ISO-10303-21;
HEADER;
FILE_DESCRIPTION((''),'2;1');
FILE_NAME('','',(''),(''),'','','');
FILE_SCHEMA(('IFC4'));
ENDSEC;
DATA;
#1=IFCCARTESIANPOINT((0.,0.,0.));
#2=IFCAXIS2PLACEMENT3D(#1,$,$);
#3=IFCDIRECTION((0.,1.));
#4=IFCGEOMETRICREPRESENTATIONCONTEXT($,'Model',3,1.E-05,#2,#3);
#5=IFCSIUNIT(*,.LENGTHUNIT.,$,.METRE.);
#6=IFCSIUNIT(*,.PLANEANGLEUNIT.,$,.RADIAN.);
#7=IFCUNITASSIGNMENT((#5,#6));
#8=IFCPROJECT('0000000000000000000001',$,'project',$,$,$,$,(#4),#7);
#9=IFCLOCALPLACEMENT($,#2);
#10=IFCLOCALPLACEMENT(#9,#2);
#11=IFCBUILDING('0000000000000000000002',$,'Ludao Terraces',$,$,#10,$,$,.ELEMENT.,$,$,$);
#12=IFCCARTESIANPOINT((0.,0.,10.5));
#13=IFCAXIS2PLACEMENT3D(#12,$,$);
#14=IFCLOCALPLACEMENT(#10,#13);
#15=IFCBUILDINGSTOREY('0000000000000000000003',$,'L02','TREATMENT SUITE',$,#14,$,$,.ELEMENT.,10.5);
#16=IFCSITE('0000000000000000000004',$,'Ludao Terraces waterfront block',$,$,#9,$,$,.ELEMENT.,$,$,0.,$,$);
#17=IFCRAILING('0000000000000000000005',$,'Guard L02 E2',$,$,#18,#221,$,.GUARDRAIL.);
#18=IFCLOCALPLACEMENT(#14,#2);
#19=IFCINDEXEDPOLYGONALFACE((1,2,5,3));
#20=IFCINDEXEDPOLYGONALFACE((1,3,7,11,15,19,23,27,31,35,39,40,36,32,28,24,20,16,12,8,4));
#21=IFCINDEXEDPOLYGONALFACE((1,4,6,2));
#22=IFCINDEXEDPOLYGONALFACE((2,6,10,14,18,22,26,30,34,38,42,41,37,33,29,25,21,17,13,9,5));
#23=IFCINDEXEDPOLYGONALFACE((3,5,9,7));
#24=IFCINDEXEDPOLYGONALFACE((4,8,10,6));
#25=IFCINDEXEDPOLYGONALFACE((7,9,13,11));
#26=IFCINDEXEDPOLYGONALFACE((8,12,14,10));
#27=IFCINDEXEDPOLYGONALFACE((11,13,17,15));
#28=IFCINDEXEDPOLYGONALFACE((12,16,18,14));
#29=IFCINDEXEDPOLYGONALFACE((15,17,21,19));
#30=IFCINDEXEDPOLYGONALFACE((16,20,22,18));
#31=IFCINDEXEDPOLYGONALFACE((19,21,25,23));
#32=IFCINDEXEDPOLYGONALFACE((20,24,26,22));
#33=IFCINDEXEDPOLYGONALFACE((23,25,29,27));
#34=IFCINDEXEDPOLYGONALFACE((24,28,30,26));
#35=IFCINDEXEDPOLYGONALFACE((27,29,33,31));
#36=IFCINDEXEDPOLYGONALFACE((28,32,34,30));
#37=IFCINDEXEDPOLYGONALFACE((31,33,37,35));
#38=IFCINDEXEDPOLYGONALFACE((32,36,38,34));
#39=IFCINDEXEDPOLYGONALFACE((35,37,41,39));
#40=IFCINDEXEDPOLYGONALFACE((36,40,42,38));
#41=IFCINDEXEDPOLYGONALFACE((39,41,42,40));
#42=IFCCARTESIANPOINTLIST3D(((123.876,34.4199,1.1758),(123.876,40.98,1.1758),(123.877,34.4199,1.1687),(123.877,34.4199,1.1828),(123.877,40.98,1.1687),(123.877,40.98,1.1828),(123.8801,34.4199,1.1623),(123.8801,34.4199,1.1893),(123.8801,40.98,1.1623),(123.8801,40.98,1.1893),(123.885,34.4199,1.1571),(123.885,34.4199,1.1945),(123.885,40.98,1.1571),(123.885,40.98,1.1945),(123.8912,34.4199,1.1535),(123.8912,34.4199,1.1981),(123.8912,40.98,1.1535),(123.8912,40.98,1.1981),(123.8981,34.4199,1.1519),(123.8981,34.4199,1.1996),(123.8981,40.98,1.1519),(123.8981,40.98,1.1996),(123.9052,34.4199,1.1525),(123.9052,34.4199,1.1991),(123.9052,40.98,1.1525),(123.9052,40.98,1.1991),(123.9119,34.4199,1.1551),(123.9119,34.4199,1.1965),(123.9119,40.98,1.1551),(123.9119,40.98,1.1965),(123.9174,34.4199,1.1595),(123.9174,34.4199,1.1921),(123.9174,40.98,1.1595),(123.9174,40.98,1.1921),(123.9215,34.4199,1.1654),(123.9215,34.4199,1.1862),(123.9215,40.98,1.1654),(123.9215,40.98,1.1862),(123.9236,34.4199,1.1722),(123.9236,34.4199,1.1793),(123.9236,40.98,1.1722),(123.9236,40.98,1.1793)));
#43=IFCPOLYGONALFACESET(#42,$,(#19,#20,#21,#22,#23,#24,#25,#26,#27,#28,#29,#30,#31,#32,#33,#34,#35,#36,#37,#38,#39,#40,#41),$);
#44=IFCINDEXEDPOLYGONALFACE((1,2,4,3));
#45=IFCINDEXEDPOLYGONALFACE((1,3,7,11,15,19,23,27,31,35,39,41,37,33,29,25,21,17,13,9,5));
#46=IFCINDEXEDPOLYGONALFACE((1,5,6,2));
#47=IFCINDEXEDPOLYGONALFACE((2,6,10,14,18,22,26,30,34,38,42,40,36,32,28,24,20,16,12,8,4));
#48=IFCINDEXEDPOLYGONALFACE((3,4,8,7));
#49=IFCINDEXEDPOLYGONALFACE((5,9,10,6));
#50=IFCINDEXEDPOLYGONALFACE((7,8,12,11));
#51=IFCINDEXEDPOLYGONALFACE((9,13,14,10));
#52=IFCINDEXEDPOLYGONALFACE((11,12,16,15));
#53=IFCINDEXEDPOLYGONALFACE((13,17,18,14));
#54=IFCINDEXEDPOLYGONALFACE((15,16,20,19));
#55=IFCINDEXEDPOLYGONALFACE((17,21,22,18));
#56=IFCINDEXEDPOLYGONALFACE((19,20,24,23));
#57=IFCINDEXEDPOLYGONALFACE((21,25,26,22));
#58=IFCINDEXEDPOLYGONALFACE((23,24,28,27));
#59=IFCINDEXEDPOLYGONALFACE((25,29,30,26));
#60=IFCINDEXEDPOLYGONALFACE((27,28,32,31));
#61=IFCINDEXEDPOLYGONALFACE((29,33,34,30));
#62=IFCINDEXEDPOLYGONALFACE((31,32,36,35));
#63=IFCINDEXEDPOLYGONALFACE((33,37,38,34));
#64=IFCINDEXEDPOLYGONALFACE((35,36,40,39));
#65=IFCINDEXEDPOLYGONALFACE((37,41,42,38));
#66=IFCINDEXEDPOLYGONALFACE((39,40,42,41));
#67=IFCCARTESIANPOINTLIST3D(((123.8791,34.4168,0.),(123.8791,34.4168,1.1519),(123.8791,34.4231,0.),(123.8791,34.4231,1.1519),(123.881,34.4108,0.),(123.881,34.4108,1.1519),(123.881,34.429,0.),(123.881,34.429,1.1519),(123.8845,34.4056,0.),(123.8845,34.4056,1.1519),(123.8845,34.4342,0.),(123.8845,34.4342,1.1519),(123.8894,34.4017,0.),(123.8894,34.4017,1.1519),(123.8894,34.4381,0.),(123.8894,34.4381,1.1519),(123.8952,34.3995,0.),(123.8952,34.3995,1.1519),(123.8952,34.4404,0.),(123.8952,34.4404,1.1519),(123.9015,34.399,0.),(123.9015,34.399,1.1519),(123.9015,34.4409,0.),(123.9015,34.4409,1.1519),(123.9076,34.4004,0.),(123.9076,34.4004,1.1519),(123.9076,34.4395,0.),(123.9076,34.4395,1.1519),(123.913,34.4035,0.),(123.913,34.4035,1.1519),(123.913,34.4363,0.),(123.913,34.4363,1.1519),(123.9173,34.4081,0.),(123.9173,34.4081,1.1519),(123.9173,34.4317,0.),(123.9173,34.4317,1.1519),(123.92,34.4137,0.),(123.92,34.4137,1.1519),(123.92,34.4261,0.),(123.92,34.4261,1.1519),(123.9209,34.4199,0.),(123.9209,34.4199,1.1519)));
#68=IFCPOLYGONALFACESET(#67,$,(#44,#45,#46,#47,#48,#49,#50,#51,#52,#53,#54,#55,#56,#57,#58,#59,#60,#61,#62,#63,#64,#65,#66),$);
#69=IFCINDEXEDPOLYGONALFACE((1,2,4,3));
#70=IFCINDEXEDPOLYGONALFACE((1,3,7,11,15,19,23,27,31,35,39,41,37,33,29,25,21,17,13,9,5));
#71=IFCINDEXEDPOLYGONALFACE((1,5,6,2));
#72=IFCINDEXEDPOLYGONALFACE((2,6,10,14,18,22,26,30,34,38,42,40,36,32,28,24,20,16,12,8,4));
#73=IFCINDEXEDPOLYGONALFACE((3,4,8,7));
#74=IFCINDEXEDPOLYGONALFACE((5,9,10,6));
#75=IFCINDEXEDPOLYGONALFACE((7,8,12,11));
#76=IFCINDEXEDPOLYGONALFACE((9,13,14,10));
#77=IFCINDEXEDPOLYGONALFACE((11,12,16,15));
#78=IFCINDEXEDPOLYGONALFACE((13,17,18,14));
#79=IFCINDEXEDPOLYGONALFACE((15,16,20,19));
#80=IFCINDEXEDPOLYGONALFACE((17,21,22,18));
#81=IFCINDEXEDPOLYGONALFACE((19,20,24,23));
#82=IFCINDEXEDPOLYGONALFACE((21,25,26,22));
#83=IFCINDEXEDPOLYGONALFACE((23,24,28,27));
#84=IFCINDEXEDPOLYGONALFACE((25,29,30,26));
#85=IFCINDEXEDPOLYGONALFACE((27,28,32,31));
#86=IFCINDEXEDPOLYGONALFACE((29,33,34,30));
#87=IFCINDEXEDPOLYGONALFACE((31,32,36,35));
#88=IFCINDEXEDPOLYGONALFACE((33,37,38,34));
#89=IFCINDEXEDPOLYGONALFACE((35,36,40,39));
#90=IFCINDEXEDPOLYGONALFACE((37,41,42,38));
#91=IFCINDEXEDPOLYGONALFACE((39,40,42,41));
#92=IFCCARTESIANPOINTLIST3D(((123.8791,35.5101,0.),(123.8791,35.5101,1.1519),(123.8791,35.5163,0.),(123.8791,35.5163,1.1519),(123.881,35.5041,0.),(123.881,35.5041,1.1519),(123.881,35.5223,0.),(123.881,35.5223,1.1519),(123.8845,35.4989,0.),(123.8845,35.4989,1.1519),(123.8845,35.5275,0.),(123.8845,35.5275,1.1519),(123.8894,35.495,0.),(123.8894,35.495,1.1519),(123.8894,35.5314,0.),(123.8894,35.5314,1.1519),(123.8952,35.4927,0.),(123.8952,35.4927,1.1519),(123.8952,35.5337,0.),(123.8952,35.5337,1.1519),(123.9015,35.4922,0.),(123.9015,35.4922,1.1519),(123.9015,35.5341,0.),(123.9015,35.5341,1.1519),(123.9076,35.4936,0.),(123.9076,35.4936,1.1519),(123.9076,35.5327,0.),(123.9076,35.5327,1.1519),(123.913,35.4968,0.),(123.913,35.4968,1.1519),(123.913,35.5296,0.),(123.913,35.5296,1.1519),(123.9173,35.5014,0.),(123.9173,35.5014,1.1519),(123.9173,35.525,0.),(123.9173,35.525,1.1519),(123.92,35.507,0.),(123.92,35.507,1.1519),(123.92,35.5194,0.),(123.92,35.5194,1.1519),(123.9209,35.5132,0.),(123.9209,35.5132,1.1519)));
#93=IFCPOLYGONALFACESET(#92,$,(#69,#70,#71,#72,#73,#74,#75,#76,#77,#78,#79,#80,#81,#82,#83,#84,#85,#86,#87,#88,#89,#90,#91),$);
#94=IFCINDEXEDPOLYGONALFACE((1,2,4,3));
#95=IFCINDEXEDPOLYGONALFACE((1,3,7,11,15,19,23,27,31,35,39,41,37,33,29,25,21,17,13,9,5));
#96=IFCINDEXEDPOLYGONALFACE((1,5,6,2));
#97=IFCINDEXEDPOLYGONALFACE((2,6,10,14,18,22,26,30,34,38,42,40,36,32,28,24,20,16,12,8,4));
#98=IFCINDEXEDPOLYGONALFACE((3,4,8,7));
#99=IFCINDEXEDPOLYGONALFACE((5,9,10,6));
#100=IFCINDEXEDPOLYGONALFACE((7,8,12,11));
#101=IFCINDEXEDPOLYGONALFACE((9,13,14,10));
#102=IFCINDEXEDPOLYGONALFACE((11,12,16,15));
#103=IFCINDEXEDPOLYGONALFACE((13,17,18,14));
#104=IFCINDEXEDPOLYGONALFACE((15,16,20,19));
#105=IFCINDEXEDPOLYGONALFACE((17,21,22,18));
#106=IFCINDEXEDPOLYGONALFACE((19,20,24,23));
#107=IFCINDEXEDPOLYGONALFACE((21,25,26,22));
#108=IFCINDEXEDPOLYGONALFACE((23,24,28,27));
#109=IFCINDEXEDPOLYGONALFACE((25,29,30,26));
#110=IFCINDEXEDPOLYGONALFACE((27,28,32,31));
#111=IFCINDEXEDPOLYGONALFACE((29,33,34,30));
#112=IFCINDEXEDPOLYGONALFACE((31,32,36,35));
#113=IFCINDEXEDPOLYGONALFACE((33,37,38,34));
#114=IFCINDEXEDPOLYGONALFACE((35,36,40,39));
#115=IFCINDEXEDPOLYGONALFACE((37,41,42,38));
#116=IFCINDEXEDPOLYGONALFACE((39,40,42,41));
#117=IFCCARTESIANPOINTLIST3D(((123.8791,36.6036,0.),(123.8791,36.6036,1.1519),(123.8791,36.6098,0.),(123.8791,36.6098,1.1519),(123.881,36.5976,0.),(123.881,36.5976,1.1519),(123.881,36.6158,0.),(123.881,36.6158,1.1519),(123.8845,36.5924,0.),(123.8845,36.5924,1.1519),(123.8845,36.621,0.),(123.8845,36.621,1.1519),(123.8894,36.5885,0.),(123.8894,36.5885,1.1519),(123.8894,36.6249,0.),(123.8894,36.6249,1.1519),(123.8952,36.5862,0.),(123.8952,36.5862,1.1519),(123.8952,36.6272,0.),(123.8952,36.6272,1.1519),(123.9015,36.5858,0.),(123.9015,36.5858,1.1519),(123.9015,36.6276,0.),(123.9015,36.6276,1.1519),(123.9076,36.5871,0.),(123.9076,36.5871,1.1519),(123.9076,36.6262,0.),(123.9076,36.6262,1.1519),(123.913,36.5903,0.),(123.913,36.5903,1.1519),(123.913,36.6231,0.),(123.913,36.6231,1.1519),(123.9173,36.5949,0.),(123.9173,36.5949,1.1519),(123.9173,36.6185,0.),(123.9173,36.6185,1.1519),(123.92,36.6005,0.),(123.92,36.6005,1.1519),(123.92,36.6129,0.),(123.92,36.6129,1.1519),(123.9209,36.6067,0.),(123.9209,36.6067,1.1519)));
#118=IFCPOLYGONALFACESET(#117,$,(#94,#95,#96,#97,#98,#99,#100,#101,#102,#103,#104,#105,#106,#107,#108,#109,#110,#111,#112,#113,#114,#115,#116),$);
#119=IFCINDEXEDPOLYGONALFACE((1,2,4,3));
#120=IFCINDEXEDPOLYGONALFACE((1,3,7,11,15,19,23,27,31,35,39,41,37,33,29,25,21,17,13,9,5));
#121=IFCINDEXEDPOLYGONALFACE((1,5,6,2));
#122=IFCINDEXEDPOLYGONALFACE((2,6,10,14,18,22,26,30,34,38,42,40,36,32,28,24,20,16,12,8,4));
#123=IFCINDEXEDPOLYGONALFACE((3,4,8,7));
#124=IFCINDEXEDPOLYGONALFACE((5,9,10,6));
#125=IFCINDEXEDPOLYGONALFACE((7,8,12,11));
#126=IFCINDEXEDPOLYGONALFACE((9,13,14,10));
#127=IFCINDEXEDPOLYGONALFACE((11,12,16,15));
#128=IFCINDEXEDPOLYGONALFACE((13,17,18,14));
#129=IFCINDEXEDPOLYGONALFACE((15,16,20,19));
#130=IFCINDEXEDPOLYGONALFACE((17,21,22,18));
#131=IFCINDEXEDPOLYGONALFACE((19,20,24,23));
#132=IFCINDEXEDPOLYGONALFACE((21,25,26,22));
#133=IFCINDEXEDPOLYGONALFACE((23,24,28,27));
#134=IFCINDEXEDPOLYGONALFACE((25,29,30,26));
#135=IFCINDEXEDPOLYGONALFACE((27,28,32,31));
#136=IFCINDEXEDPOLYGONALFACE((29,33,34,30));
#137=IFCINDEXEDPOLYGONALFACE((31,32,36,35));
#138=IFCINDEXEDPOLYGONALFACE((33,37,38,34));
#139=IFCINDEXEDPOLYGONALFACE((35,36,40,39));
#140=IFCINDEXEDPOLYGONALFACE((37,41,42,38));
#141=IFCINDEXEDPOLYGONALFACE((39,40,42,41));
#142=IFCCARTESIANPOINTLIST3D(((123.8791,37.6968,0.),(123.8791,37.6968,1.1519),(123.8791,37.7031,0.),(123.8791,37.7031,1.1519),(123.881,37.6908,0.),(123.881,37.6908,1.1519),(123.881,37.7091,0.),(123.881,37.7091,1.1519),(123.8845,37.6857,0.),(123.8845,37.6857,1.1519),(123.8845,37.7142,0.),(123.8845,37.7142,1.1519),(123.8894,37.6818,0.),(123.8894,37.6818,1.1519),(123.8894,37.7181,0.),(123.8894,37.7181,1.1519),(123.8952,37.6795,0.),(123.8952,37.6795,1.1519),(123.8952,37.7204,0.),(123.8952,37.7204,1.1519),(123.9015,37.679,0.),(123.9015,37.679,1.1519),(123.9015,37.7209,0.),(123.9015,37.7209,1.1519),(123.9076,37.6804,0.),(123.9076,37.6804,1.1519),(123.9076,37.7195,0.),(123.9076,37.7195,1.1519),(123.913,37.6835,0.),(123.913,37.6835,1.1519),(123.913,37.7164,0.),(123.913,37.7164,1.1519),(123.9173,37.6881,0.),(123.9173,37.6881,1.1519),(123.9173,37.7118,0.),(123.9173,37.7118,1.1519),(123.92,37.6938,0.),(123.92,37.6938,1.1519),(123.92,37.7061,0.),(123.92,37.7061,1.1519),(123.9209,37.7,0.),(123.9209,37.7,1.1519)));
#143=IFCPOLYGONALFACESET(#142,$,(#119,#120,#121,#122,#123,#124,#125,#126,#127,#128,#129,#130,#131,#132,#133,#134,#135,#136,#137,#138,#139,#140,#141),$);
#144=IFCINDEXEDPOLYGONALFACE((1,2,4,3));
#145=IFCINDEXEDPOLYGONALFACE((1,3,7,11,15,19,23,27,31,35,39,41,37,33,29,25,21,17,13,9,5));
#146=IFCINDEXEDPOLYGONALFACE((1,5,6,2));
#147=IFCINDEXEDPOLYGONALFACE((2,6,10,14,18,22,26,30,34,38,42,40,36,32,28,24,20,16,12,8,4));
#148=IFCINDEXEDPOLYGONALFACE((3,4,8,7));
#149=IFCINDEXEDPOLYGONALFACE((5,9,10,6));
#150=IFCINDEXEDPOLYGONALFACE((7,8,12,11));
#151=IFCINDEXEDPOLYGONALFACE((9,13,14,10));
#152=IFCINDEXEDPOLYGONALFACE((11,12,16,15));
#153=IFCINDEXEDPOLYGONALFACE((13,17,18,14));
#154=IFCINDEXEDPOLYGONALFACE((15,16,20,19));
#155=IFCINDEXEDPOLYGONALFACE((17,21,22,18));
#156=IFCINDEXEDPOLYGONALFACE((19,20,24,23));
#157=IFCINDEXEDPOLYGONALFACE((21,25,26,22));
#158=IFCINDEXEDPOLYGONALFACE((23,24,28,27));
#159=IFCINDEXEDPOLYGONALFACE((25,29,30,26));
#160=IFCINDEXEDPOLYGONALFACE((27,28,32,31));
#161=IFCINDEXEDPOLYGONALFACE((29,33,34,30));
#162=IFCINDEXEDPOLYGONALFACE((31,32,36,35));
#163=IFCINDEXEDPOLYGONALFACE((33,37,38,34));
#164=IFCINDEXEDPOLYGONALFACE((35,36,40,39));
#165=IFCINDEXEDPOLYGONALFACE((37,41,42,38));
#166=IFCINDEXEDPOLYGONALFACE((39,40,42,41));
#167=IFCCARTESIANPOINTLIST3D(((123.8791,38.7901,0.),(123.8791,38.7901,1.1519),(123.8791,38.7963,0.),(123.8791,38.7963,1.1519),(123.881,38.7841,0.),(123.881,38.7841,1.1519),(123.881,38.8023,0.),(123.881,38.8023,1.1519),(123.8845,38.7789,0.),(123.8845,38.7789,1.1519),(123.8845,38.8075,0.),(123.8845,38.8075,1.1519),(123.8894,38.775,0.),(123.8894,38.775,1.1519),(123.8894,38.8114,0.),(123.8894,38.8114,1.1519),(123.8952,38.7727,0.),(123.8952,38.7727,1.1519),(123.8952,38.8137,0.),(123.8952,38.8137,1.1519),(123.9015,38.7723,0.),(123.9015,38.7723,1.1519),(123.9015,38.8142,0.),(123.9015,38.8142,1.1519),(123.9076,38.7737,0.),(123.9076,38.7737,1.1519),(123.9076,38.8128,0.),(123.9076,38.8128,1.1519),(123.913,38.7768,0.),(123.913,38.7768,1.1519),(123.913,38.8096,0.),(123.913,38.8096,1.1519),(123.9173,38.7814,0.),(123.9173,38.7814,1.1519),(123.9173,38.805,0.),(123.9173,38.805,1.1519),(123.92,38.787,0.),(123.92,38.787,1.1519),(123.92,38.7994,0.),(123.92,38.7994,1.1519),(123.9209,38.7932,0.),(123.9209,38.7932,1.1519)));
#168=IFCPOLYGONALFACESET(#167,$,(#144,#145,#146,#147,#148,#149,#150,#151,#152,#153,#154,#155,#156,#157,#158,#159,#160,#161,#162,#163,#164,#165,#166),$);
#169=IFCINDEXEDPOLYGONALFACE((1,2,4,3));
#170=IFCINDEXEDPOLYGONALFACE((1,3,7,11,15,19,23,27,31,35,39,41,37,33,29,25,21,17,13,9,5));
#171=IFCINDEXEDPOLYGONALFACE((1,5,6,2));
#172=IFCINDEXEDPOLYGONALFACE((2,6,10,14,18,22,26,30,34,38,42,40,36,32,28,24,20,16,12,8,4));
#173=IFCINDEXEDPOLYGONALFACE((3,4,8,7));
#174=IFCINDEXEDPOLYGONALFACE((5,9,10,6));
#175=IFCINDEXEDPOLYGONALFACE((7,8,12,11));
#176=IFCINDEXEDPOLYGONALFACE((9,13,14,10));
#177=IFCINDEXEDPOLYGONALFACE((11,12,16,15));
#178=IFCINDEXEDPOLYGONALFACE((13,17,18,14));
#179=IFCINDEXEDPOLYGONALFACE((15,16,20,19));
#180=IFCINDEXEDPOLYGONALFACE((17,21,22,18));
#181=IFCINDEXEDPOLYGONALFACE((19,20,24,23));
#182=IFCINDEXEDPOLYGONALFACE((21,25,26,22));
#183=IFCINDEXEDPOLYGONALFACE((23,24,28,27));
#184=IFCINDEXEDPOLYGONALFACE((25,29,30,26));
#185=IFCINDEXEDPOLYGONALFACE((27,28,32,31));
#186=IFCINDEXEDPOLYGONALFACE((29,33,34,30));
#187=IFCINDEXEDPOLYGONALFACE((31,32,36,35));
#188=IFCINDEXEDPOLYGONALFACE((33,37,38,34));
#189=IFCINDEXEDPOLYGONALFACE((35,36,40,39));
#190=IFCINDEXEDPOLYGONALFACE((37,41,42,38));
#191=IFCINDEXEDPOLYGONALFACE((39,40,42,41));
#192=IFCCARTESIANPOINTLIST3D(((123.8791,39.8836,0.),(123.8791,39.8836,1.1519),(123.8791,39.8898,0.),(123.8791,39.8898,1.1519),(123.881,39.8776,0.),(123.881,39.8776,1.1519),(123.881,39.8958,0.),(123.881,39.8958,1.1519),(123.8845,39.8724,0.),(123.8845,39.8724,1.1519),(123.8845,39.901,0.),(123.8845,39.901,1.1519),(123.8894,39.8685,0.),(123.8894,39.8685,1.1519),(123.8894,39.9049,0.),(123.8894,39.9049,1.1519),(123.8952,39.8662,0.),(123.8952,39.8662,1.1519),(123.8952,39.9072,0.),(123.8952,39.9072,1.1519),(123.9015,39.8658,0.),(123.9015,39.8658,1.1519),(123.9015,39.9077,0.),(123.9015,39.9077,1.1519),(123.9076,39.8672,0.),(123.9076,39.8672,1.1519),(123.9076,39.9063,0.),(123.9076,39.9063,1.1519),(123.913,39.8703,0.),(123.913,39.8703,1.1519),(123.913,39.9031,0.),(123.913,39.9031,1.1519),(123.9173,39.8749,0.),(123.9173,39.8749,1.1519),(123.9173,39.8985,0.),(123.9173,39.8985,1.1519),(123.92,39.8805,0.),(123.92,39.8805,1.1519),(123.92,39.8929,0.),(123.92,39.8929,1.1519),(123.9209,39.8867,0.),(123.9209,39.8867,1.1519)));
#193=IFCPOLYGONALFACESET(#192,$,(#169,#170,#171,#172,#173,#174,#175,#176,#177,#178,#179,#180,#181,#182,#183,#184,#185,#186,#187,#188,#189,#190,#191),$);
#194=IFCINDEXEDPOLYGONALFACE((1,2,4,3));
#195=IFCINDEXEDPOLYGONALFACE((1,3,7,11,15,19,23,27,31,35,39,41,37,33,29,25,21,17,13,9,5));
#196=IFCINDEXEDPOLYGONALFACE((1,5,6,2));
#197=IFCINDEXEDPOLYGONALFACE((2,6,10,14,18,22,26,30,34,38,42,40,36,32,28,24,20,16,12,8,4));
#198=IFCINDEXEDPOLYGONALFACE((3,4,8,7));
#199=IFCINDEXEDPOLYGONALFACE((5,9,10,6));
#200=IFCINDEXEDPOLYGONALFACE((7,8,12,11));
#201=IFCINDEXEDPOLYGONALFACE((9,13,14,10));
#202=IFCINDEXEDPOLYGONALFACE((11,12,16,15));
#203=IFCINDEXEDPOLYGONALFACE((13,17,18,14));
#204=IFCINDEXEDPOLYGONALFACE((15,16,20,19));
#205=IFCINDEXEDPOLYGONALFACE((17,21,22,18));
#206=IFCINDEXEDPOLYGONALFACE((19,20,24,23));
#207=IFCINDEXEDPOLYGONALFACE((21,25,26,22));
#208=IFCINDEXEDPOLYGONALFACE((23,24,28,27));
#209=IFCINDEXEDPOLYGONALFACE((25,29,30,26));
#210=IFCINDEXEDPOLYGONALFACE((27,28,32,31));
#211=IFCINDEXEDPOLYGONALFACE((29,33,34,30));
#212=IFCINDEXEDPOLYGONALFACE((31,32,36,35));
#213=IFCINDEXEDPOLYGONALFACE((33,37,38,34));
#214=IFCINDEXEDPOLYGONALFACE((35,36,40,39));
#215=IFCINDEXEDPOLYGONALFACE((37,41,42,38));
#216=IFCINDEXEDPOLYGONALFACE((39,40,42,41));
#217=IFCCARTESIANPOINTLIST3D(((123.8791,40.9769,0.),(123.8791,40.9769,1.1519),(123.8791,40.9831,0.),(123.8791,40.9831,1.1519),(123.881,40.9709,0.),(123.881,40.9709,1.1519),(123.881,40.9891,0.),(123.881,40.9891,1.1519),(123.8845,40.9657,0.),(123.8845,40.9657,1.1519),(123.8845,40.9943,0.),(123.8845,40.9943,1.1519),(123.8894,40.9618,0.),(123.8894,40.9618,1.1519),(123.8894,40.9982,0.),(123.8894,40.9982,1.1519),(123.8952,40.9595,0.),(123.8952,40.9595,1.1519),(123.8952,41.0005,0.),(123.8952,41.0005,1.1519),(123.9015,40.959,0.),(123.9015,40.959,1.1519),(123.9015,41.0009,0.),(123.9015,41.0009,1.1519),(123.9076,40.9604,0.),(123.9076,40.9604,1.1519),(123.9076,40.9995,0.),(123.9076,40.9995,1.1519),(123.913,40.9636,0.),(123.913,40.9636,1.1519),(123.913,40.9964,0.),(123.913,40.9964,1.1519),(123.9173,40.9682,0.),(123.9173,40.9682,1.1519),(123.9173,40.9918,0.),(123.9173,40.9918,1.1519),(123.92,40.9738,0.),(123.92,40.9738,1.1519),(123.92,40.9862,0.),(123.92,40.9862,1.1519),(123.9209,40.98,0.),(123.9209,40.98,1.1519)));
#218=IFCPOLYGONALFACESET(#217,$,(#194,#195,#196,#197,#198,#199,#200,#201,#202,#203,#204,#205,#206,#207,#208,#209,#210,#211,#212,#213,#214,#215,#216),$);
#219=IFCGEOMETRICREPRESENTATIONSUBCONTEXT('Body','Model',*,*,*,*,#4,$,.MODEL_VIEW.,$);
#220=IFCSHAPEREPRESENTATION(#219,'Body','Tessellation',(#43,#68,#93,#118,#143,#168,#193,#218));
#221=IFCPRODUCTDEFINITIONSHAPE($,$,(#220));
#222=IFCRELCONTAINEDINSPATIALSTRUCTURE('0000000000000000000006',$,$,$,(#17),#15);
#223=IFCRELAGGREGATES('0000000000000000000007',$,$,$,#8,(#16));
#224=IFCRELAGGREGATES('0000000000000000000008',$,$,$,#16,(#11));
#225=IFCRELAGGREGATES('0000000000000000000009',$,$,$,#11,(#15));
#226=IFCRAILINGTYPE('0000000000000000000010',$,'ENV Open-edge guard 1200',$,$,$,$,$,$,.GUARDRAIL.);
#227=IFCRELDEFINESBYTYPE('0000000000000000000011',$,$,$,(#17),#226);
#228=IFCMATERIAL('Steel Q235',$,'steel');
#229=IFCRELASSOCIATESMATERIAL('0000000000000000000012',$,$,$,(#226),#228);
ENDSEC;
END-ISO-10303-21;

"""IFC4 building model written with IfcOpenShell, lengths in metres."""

from ifc_helpers import new_model, si_unit, direction, frame, origin, origin_2d, place, context, subcontext, project, spatial, circle, extrude, material, type_object, element, save


model = new_model("IFC4")

# Units and contexts
model_context = context("Model", 3, precision=1e-05, world=origin(), true_north=direction((0.0, 1.0)))
body_context = subcontext(model_context, "Body", "Model", "MODEL_VIEW")
ifc_project = project(units=[si_unit("LENGTHUNIT", "METRE"), si_unit("PLANEANGLEUNIT", "RADIAN")], contexts=[model_context])

# Site, building, storey
site_placement = place(None, origin())
site = spatial("IfcSite", under=ifc_project, at=site_placement, Name="Ludao Terraces waterfront block", CompositionType="ELEMENT", RefElevation=0.0)
building_placement = place(site_placement, origin())
building = spatial("IfcBuilding", under=site, at=building_placement, Name="Ludao Terraces", CompositionType="ELEMENT")
storey_placement = place(building_placement, frame((0.0, 0.0, 10.5)))
storey = spatial("IfcBuildingStorey", under=building, at=storey_placement, Name="L02", Description="TREATMENT SUITE", CompositionType="ELEMENT", Elevation=10.5)

# Shared definitions
ifc_material_1 = material(Name="Steel Q235", Category="steel")

# Railing
railing_type = type_object("IfcRailingType", Name="ENV Open-edge guard 1200", PredefinedType="GUARDRAIL", material=ifc_material_1)
railing_placement = place(storey_placement, frame((123.8999, 34.4199, 0.0)))
element("IfcRailing", 1, at=railing_placement, inside=storey, type_object=railing_type, Name="Guard L02 E2", PredefinedType="GUARDRAIL", context=body_context, shape_type="SweptSolid", body=[
    extrude(circle(Radius=0.0239, at=origin_2d()), frame((0.0, 0.0, 1.1758), z_axis=(0.0, 1.0, 0.0), x_axis=(-1.0, 0.0, 0.0)), (0.0, 0.0, 1.0), 6.5601),
    extrude(circle(Radius=0.021, at=origin_2d()), origin(), (0.0, 0.0, 1.0), 1.1519),
    extrude(circle(Radius=0.021, at=origin_2d()), frame((0.0, 1.0933, 0.0)), (0.0, 0.0, 1.0), 1.1519),
    extrude(circle(Radius=0.021, at=origin_2d()), frame((0.0, 2.1868, 0.0)), (0.0, 0.0, 1.0), 1.1519),
    extrude(circle(Radius=0.021, at=origin_2d()), frame((0.0, 3.28, 0.0)), (0.0, 0.0, 1.0), 1.1519),
    extrude(circle(Radius=0.021, at=origin_2d()), frame((0.0, 4.3733, 0.0)), (0.0, 0.0, 1.0), 1.1519),
    extrude(circle(Radius=0.021, at=origin_2d()), frame((0.0, 5.4668, 0.0)), (0.0, 0.0, 1.0), 1.1519),
    extrude(circle(Radius=0.021, at=origin_2d()), frame((0.0, 6.5601, 0.0)), (0.0, 0.0, 1.0), 1.1519),
])

save(model, "model.ifc")
